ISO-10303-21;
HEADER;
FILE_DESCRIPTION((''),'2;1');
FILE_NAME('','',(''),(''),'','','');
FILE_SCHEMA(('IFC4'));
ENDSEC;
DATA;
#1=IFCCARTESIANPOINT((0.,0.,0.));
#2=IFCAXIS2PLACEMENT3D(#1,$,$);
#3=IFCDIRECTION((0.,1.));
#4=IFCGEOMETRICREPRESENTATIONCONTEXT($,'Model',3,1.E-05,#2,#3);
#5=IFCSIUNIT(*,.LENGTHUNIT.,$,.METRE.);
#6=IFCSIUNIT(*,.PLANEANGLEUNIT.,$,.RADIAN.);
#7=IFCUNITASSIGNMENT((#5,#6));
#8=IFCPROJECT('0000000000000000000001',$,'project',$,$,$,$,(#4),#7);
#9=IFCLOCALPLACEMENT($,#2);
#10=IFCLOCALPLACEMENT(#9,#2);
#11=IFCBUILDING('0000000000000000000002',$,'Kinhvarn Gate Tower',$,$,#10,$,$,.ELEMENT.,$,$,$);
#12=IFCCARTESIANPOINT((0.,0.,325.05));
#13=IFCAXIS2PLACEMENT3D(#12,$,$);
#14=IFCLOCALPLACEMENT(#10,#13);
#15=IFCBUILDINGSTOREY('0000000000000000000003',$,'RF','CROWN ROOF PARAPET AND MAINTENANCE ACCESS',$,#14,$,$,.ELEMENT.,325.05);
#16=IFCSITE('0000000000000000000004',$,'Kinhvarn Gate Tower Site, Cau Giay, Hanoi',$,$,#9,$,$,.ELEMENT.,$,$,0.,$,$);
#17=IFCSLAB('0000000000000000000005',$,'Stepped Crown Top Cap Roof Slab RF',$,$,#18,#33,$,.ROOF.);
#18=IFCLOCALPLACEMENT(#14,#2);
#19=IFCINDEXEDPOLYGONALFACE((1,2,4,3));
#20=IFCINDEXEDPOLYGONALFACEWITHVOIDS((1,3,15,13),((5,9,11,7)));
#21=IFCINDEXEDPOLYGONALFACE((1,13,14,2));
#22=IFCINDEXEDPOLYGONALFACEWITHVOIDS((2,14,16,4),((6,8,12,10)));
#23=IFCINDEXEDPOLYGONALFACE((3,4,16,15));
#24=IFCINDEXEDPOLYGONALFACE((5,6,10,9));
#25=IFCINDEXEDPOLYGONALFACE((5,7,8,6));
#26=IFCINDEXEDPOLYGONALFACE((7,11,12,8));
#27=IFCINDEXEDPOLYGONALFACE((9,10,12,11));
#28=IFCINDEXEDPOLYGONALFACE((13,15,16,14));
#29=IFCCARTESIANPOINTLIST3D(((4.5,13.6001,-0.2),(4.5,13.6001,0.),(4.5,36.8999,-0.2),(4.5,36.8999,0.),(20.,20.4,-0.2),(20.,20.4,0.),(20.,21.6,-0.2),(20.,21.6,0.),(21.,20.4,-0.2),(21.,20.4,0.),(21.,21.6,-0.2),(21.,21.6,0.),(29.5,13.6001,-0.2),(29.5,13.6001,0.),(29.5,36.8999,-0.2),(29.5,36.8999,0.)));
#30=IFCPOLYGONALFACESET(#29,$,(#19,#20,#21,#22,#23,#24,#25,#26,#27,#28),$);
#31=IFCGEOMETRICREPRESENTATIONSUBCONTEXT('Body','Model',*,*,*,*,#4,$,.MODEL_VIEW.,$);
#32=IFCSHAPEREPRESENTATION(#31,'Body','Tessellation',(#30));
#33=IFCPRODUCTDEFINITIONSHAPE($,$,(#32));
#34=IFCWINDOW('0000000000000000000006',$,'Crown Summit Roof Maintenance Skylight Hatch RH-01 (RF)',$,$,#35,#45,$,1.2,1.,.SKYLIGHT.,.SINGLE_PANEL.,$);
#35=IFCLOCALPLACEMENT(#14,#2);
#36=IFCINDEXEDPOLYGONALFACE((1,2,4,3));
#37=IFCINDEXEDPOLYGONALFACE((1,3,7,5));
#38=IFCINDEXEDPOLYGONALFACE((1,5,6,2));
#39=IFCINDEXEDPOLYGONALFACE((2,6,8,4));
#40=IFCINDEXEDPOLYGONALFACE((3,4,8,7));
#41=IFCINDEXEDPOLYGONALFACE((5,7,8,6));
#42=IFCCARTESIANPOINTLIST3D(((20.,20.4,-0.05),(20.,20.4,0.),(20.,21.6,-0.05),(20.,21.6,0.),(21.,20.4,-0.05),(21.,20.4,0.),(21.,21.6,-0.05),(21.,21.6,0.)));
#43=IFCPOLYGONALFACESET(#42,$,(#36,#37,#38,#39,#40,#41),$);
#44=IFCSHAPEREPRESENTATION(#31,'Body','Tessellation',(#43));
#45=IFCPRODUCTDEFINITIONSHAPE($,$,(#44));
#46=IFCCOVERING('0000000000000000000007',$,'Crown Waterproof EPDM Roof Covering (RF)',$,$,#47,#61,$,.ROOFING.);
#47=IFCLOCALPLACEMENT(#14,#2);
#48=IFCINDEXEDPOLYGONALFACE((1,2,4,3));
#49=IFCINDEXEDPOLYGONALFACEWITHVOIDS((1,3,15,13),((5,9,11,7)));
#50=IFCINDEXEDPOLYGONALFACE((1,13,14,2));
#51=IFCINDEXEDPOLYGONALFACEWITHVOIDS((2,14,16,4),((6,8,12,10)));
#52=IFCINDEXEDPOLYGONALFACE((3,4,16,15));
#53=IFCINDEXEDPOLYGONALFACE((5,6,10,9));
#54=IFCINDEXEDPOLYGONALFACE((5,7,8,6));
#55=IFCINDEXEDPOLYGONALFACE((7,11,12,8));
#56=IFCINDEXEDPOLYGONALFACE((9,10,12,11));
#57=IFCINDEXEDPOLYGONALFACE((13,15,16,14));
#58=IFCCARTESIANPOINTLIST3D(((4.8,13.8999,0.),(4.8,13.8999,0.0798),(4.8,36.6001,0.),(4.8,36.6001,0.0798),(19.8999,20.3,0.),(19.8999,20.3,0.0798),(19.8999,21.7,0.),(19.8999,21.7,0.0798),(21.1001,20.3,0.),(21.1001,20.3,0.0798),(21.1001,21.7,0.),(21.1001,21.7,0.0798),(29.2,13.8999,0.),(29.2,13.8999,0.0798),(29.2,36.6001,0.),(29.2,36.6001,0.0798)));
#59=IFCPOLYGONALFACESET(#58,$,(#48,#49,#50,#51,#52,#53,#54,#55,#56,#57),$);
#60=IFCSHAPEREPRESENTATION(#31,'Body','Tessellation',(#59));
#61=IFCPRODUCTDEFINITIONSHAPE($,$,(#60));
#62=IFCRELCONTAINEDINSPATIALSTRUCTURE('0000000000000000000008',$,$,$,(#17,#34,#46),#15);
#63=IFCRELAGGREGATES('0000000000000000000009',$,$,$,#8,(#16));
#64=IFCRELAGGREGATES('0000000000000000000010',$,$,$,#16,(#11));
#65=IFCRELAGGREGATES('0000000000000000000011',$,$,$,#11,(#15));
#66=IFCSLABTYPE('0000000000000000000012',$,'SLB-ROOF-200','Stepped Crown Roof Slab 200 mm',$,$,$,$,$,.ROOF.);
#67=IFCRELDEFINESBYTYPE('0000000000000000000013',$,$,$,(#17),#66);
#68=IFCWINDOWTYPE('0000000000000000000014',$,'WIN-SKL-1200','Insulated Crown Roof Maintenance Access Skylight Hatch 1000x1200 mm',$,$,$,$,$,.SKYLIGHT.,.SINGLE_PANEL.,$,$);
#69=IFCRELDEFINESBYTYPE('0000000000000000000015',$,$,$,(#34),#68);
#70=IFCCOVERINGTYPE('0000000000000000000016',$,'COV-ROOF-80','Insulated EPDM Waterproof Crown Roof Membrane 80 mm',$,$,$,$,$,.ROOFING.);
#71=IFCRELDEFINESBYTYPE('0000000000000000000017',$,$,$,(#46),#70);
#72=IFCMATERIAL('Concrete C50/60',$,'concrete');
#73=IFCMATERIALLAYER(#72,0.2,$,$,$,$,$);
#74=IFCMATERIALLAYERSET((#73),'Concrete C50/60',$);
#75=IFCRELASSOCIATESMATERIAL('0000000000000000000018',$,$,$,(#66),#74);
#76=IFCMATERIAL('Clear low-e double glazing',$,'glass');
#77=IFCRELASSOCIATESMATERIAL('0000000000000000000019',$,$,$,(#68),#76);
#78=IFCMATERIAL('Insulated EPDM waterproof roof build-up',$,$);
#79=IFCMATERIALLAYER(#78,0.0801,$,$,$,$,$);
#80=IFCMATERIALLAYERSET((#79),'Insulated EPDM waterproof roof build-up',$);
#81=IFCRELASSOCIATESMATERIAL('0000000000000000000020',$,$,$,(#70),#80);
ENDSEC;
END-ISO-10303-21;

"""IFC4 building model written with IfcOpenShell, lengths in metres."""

from ifc_helpers import new_model, si_unit, direction, frame, origin, origin_2d, place, context, subcontext, project, spatial, polyline, rectangle, outline, extrude, material, layer, layer_set, type_object, element, fill, save


model = new_model("IFC4")

# Units and contexts
model_context = context("Model", 3, precision=1e-05, world=origin(), true_north=direction((0.0, 1.0)))
body_context = subcontext(model_context, "Body", "Model", "MODEL_VIEW")
ifc_project = project(units=[si_unit("LENGTHUNIT", "METRE"), si_unit("PLANEANGLEUNIT", "RADIAN")], contexts=[model_context])

# Site, building, storey
site_placement = place(None, origin())
site = spatial("IfcSite", under=ifc_project, at=site_placement, Name="Kinhvarn Gate Tower Site, Cau Giay, Hanoi", CompositionType="ELEMENT", RefElevation=0.0)
building_placement = place(site_placement, origin())
building = spatial("IfcBuilding", under=site, at=building_placement, Name="Kinhvarn Gate Tower", CompositionType="ELEMENT")
storey_placement = place(building_placement, frame((0.0, 0.0, 325.05)))
storey = spatial("IfcBuildingStorey", under=building, at=storey_placement, Name="RF", Description="CROWN ROOF PARAPET AND MAINTENANCE ACCESS", CompositionType="ELEMENT", Elevation=325.05)

# Slab, opening, window
ifc_material_1 = material(Name="Concrete C50/60", Category="concrete")
ifc_layer_1 = layer(ifc_material_1, 0.2)
ifc_layer_set_1 = layer_set([ifc_layer_1], Name="Concrete C50/60")
slab_type = type_object("IfcSlabType", Name="SLB-ROOF-200", Description="Stepped Crown Roof Slab 200 mm", PredefinedType="ROOF", material=ifc_layer_set_1)
slab_placement = place(storey_placement, frame((0.0, 0.0, -0.2)))
slab = element("IfcSlab", 1, at=slab_placement, inside=storey, type_object=slab_type, Name="Stepped Crown Top Cap Roof Slab RF", PredefinedType="ROOF", context=body_context, shape_type="SweptSolid", body=[
    extrude(outline(polyline([(4.5, 13.6001), (29.5, 13.6001), (29.5, 36.8999), (4.5, 36.8999), (4.5, 13.6001)])), origin(), (0.0, 0.0, 1.0), 0.2),
])
opening_placement = place(slab_placement, frame((20.5, 21.0, -0.01)))
opening = element("IfcOpeningElement", 2, at=opening_placement, cuts=slab, PredefinedType="OPENING", context=body_context, shape_type="SweptSolid", body=[
    extrude(rectangle(XDim=1.0, YDim=1.2, at=origin_2d()), origin(), (0.0, 0.0, 1.0), 0.22),
])
ifc_material_2 = material(Name="Clear low-e double glazing", Category="glass")
window_type = type_object("IfcWindowType", Name="WIN-SKL-1200", Description="Insulated Crown Roof Maintenance Access Skylight Hatch 1000x1200 mm", PartitioningType="SINGLE_PANEL", PredefinedType="SKYLIGHT", material=ifc_material_2)
window_placement = place(slab_placement, frame((20.5, 21.0, 0.1499)))
window = element("IfcWindow", 3, at=window_placement, inside=storey, type_object=window_type, Name="Crown Summit Roof Maintenance Skylight Hatch RH-01 (RF)", OverallHeight=1.2, OverallWidth=1.0, PartitioningType="SINGLE_PANEL", PredefinedType="SKYLIGHT", context=body_context, shape_type="SweptSolid", body=[
    extrude(rectangle(XDim=1.0, YDim=1.2, at=origin_2d()), origin(), (0.0, 0.0, 1.0), 0.05),
])
fill(opening, window)

# Covering
ifc_material_3 = material(Name="Insulated EPDM waterproof roof build-up")
ifc_layer_2 = layer(ifc_material_3, 0.0801)
ifc_layer_set_2 = layer_set([ifc_layer_2], Name="Insulated EPDM waterproof roof build-up")
covering_type = type_object("IfcCoveringType", Name="COV-ROOF-80", Description="Insulated EPDM Waterproof Crown Roof Membrane 80 mm", PredefinedType="ROOFING", material=ifc_layer_set_2)
covering_placement = place(storey_placement, origin())
element("IfcCovering", 4, at=covering_placement, inside=storey, type_object=covering_type, Name="Crown Waterproof EPDM Roof Covering (RF)", PredefinedType="ROOFING", context=body_context, shape_type="SweptSolid", body=[
    extrude(outline(polyline([(4.8, 13.8999), (4.8, 36.6001), (29.2, 36.6001), (29.2, 13.8999), (4.8, 13.8999)]), holes=[polyline([(21.1001, 21.7), (19.8999, 21.7), (19.8999, 20.3), (21.1001, 20.3), (21.1001, 21.7)])]), origin(), (0.0, 0.0, 1.0), 0.0798),
])

save(model, "model.ifc")
